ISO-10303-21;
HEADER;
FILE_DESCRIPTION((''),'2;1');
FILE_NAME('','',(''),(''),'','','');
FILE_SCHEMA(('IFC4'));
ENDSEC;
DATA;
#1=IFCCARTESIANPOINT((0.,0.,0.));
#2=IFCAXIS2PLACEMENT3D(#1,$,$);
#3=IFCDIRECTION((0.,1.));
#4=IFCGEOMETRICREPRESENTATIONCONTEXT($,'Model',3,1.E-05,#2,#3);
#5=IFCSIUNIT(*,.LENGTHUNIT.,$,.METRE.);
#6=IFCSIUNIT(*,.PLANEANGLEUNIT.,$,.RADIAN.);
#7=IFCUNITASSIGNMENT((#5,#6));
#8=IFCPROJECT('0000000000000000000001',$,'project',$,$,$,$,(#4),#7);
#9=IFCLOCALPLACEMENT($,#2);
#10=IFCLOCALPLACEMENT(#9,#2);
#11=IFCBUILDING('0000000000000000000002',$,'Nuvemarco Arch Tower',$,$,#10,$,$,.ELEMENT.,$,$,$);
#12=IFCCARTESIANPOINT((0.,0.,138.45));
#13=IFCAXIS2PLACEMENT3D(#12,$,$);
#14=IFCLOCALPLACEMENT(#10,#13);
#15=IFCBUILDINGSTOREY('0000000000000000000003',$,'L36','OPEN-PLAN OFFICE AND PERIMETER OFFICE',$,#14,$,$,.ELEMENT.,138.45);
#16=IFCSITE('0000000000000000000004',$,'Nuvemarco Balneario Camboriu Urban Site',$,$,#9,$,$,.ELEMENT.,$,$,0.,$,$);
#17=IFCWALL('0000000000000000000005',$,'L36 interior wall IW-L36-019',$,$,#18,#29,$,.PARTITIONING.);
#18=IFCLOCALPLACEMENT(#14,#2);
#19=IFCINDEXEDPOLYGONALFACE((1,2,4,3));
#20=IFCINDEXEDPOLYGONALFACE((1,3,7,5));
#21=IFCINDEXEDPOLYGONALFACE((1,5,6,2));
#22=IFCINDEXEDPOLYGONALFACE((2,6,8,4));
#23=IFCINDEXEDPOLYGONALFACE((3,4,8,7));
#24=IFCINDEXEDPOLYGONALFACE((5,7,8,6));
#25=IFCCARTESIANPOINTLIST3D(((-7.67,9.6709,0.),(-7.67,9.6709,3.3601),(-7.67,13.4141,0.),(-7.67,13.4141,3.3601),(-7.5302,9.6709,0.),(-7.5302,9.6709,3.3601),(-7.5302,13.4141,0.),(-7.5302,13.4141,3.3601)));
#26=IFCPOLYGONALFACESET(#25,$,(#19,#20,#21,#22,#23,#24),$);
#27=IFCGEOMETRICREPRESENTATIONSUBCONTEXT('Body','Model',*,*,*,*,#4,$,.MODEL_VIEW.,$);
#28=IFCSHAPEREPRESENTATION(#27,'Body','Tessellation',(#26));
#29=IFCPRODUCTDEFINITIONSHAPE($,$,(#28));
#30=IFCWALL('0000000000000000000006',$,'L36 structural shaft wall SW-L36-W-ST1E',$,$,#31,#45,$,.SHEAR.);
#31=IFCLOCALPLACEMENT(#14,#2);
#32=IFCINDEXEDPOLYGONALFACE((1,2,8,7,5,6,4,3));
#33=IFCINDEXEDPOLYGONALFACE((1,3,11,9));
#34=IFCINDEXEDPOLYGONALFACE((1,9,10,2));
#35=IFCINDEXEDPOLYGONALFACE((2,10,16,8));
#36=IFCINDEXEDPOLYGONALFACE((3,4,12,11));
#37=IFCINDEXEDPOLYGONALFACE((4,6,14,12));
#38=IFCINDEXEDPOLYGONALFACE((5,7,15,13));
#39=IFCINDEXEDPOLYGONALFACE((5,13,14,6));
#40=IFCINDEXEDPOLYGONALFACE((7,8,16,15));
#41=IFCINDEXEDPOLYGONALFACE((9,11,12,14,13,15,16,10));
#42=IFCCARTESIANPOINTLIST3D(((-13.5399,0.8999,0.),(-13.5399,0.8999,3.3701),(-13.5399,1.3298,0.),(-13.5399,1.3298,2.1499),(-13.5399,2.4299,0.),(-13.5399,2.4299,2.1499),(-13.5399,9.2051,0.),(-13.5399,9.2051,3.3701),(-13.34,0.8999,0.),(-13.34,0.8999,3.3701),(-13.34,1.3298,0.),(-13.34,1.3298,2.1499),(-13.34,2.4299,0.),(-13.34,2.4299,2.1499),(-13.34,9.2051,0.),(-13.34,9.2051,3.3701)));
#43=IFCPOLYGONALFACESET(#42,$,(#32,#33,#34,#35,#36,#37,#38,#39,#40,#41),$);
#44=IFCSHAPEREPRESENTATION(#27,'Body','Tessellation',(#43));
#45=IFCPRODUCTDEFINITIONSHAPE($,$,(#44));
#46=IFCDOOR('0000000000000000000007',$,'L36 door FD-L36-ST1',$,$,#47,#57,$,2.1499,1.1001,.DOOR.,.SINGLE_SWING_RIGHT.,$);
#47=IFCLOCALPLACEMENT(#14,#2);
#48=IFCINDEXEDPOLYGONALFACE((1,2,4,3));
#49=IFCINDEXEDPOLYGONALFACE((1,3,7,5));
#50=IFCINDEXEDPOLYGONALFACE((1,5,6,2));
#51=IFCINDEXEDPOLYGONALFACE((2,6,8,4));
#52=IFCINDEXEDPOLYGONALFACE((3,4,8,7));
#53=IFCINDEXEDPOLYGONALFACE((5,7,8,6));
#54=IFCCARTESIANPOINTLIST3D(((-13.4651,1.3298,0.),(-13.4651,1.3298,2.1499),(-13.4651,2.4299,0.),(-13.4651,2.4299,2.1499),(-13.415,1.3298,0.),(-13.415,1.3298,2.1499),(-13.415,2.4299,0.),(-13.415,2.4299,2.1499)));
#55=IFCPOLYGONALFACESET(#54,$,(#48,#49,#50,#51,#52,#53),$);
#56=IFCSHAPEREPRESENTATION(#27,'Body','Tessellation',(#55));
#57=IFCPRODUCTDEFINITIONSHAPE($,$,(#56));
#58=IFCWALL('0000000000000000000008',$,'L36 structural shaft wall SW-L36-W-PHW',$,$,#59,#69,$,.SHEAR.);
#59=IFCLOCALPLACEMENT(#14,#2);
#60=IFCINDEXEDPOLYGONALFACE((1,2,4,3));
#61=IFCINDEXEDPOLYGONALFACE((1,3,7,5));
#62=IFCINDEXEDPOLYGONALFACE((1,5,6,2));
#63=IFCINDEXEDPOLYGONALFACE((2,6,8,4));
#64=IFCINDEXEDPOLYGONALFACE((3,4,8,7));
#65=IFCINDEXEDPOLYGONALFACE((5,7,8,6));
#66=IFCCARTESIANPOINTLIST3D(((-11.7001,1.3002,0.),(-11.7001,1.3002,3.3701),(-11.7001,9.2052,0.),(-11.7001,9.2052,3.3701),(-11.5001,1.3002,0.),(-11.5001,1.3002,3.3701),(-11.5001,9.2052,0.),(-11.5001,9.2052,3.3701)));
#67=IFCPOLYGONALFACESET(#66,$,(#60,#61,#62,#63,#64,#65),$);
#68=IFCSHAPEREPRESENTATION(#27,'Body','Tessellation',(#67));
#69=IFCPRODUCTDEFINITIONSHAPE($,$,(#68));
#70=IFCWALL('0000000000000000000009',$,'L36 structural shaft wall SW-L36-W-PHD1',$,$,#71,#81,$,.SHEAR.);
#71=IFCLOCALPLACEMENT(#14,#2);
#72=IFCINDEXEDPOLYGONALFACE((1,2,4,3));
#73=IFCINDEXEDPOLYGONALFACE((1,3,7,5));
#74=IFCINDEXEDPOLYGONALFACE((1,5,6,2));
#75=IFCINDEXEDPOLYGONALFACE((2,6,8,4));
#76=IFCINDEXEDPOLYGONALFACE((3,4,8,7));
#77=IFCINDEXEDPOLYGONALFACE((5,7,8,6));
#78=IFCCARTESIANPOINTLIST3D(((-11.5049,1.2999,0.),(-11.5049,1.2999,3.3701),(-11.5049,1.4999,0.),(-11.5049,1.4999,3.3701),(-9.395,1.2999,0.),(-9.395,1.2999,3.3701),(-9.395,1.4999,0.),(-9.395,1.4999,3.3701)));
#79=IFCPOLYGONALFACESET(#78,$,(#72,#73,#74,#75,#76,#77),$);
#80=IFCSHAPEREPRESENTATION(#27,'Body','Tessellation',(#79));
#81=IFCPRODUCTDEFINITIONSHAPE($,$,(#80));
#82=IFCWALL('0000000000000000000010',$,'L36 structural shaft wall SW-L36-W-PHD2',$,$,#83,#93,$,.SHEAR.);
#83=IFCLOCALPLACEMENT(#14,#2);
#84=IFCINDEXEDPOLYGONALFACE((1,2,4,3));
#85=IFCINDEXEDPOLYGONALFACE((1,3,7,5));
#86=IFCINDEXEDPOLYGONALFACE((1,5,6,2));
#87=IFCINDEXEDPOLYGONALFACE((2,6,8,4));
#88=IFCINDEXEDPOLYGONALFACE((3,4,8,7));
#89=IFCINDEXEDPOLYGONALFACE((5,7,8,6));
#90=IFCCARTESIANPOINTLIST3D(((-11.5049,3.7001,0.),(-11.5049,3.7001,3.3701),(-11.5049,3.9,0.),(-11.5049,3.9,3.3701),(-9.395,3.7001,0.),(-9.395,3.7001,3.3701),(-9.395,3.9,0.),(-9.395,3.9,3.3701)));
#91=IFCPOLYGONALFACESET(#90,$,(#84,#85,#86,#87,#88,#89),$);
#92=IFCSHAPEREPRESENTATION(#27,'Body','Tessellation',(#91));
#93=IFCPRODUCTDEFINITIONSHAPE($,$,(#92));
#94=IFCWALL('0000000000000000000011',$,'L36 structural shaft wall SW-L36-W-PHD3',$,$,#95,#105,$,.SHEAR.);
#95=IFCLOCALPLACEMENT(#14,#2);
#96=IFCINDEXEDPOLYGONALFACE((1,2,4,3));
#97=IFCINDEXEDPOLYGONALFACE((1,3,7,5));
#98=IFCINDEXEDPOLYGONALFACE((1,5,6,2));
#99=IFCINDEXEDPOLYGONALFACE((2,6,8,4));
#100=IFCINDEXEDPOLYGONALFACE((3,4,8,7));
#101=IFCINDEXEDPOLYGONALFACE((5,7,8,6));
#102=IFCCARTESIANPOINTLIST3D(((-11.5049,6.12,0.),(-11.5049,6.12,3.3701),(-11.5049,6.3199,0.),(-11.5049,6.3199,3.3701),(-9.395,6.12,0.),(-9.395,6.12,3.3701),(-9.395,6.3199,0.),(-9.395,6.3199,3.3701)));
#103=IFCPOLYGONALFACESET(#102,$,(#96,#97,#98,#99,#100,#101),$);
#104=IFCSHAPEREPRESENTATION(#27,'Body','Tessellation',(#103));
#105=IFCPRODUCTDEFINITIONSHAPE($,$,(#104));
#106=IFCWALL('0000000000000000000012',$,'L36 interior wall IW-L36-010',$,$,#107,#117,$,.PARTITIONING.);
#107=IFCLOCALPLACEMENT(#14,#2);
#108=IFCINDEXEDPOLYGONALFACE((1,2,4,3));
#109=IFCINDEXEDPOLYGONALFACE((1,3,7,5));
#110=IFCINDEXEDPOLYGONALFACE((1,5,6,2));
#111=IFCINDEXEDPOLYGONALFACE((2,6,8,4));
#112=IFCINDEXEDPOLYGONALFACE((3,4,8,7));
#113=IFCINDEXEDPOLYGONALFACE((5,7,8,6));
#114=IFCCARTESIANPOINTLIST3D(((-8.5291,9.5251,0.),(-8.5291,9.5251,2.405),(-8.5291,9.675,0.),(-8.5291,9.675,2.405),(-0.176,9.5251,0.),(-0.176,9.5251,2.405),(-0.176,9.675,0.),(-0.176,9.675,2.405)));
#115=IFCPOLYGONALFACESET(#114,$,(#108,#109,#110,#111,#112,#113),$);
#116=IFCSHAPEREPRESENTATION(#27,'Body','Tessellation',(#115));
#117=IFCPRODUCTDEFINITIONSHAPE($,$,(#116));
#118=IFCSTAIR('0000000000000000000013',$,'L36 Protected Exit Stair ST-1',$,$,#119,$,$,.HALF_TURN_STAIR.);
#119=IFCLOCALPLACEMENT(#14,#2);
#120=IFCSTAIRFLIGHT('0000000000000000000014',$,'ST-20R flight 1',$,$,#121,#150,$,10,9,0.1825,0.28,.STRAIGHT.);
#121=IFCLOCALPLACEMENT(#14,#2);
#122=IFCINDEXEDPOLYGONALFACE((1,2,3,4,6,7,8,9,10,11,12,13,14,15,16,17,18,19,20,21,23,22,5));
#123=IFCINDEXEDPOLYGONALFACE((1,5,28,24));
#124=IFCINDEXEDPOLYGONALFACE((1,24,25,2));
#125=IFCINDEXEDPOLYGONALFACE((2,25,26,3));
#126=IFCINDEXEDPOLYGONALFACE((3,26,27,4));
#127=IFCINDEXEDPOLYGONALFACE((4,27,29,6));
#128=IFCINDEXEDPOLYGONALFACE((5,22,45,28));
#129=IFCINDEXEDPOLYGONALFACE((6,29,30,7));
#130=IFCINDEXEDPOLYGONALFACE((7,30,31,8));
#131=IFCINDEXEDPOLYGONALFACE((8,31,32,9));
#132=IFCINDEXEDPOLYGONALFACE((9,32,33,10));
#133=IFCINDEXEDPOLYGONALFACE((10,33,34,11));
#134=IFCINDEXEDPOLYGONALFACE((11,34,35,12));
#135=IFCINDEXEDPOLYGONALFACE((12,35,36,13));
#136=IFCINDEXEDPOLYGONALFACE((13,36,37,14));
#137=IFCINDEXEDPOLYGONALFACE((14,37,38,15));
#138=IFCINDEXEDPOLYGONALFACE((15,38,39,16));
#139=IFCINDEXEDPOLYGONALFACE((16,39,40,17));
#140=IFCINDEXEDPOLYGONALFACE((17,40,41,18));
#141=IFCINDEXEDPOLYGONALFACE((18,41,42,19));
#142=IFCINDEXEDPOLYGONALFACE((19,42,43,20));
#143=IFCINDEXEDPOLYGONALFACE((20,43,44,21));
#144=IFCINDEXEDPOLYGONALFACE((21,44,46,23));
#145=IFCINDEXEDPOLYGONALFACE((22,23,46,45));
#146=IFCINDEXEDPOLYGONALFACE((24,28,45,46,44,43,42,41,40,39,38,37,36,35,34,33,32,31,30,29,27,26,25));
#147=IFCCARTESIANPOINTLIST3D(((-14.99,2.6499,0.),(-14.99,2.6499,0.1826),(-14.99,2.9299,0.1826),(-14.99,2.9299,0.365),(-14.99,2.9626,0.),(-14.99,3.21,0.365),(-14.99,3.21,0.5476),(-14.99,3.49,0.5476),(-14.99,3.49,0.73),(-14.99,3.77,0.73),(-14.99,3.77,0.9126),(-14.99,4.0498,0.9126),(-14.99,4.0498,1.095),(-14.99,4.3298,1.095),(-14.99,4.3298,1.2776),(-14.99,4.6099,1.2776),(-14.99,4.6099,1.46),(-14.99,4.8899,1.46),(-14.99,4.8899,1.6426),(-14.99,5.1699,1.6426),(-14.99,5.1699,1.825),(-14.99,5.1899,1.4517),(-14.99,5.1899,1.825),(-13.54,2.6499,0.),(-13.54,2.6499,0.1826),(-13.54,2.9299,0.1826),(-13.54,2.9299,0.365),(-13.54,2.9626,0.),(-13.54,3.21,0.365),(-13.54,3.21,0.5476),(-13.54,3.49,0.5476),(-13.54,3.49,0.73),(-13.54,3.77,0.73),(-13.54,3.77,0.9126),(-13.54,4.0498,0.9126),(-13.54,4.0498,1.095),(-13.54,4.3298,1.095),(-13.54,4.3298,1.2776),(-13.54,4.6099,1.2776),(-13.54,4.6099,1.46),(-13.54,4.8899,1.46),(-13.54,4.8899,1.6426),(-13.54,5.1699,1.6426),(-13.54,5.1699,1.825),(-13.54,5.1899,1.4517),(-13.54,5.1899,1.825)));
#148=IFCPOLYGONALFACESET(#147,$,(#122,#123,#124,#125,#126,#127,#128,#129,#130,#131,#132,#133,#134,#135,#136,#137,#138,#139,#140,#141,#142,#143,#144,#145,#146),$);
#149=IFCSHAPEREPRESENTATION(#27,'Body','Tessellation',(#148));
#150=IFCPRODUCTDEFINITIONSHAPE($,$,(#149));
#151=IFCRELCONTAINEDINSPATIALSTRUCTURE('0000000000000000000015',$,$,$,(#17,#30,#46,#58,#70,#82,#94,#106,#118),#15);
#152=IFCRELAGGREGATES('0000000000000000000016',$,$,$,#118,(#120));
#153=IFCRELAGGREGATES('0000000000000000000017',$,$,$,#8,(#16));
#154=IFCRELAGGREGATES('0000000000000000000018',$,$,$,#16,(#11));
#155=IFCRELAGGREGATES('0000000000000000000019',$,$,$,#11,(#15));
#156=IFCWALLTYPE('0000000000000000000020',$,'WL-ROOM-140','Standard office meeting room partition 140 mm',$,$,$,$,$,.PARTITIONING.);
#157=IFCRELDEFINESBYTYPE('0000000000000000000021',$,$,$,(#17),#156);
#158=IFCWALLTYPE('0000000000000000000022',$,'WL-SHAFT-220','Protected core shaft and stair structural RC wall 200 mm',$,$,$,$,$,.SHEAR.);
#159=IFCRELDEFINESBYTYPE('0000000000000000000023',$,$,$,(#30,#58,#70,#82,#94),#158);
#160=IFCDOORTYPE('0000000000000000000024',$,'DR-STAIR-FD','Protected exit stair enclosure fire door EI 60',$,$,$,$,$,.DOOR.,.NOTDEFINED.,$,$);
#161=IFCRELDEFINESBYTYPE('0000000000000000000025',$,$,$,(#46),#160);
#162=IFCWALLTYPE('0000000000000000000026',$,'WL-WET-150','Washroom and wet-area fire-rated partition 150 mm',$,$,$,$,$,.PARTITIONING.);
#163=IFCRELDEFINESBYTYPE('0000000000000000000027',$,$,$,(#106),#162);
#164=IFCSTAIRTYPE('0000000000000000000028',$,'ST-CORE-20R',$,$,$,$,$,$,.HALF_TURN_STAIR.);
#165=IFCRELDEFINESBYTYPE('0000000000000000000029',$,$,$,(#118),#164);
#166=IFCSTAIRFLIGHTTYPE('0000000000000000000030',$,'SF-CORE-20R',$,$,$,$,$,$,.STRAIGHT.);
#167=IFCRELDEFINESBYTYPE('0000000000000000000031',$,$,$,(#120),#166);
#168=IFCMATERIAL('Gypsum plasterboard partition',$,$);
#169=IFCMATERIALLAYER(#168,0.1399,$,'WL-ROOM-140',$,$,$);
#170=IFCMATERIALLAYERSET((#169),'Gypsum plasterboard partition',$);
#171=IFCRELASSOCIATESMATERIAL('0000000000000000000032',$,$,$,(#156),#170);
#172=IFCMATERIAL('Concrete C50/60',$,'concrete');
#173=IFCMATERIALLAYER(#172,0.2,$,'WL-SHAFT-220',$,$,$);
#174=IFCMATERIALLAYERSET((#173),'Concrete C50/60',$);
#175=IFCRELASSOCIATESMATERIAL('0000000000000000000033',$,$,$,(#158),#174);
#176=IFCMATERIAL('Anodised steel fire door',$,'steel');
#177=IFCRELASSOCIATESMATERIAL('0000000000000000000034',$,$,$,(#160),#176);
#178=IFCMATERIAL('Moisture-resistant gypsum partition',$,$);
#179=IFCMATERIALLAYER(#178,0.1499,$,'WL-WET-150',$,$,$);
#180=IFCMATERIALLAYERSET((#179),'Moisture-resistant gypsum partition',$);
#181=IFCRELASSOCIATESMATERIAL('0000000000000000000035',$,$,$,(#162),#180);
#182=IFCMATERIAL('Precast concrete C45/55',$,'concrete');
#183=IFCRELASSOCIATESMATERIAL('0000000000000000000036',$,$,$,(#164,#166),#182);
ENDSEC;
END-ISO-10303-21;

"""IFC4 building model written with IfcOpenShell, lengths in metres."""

from ifc_helpers import new_model, si_unit, direction, frame, frame_2d, origin, place, context, subcontext, project, spatial, polyline, rectangle, outline, extrude, source, transform, mapped, material, layer, layer_set, type_object, type_shapes, element, fill, aggregate, save


model = new_model("IFC4")

# Units and contexts
model_context = context("Model", 3, precision=1e-05, world=origin(), true_north=direction((0.0, 1.0)))
body_context = subcontext(model_context, "Body", "Model", "MODEL_VIEW")
ifc_project = project(units=[si_unit("LENGTHUNIT", "METRE"), si_unit("PLANEANGLEUNIT", "RADIAN")], contexts=[model_context])

# Site, building, storey
site_placement = place(None, origin())
site = spatial("IfcSite", under=ifc_project, at=site_placement, Name="Nuvemarco Balneario Camboriu Urban Site", CompositionType="ELEMENT", RefElevation=0.0)
building_placement = place(site_placement, origin())
building = spatial("IfcBuilding", under=site, at=building_placement, Name="Nuvemarco Arch Tower", CompositionType="ELEMENT")
storey_placement = place(building_placement, frame((0.0, 0.0, 138.45)))
storey = spatial("IfcBuildingStorey", under=building, at=storey_placement, Name="L36", Description="OPEN-PLAN OFFICE AND PERIMETER OFFICE", CompositionType="ELEMENT", Elevation=138.45)

# Shared definitions
ifc_material_1 = material(Name="Concrete C50/60", Category="concrete")

# Shared definitions
ifc_material_2 = material(Name="Precast concrete C45/55", Category="concrete")

# Wall
ifc_material_3 = material(Name="Gypsum plasterboard partition")
ifc_layer_1 = layer(ifc_material_3, 0.1399, Name="WL-ROOM-140")
ifc_layer_set_1 = layer_set([ifc_layer_1], Name="Gypsum plasterboard partition")
wall_type_1 = type_object("IfcWallType", Name="WL-ROOM-140", Description="Standard office meeting room partition 140 mm", PredefinedType="PARTITIONING", material=ifc_layer_set_1)
wall_1_placement = place(storey_placement, frame((-7.6001, 9.6709, 0.0), z_axis=(0.0, 0.0, 1.0), x_axis=(0.0, 1.0, 0.0)))
element("IfcWall", 1, at=wall_1_placement, inside=storey, type_object=wall_type_1, Name="L36 interior wall IW-L36-019", PredefinedType="PARTITIONING", context=body_context, shape_type="SweptSolid", body=[
    extrude(rectangle(XDim=3.7432, YDim=0.1399, at=frame_2d((1.8716, 0.0))), origin(), (0.0, 0.0, 1.0), 3.3601),
])

# Wall, opening, door
ifc_layer_2 = layer(ifc_material_1, 0.2, Name="WL-SHAFT-220")
ifc_layer_set_2 = layer_set([ifc_layer_2], Name="Concrete C50/60")
wall_type_2 = type_object("IfcWallType", Name="WL-SHAFT-220", Description="Protected core shaft and stair structural RC wall 200 mm", PredefinedType="SHEAR", material=ifc_layer_set_2)
wall_2_placement = place(storey_placement, frame((-13.4399, 0.8999, 0.0), z_axis=(0.0, 0.0, 1.0), x_axis=(0.0, 1.0, 0.0)))
wall_2 = element("IfcWall", 2, at=wall_2_placement, inside=storey, type_object=wall_type_2, Name="L36 structural shaft wall SW-L36-W-ST1E", PredefinedType="SHEAR", context=body_context, shape_type="SweptSolid", body=[
    extrude(rectangle(XDim=8.3052, YDim=0.2, at=frame_2d((4.1526, 0.0))), origin(), (0.0, 0.0, 1.0), 3.3701),
])
opening_1_placement = place(wall_2_placement, frame((1.53, 0.0, 0.0), z_axis=(0.0, 0.0, 1.0), x_axis=(-1.0, 0.0, 0.0)))
opening_1 = element("IfcOpeningElement", 3, at=opening_1_placement, cuts=wall_2, PredefinedType="OPENING", context=body_context, shape_type="SweptSolid", body=[
    extrude(rectangle(XDim=1.1001, YDim=2.1499, at=frame_2d((0.55, 1.075))), frame((0.0, 0.1099, 0.0), z_axis=(0.0, -1.0, 0.0), x_axis=(1.0, 0.0, 0.0)), (0.0, 0.0, 1.0), 0.22),
])
ifc_material_4 = material(Name="Anodised steel fire door", Category="steel")
door_type_1 = type_object("IfcDoorType", Name="DR-STAIR-FD", Description="Protected exit stair enclosure fire door EI 60", OperationType="NOTDEFINED", PredefinedType="DOOR", material=ifc_material_4)
shared_shape_1 = source(origin(), body_context, "Body", "SweptSolid", [
    extrude(rectangle(XDim=1.1001, YDim=2.1499, at=frame_2d((0.55, 1.075))), frame((0.0, 0.0249, 0.0), z_axis=(0.0, -1.0, 0.0), x_axis=(1.0, 0.0, 0.0)), (0.0, 0.0, 1.0), 0.05),
])
type_shapes(door_type_1, [shared_shape_1])
door_1_placement = place(opening_1_placement, origin())
door_1 = element("IfcDoor", 4, at=door_1_placement, inside=storey, type_object=door_type_1, Name="L36 door FD-L36-ST1", OperationType="SINGLE_SWING_RIGHT", OverallHeight=2.1499, OverallWidth=1.1001, PredefinedType="DOOR", context=body_context, shape_type="MappedRepresentation", body=[
    mapped(shared_shape_1, transform((0.0, 0.0, 0.0), scale=1.0)),
])
fill(opening_1, door_1)

# Walls
wall_3_placement = place(storey_placement, frame((-11.6001, 1.3, 0.0), z_axis=(0.0, 0.0, 1.0), x_axis=(0.0, 1.0, 0.0)))
element("IfcWall", 5, at=wall_3_placement, inside=storey, type_object=wall_type_2, Name="L36 structural shaft wall SW-L36-W-PHW", PredefinedType="SHEAR", context=body_context, shape_type="SweptSolid", body=[
    extrude(rectangle(XDim=7.905, YDim=0.2, at=frame_2d((3.9526, 0.0))), origin(), (0.0, 0.0, 1.0), 3.3701),
])
for number, where, z_axis, x_axis, name in (
    (6, (-11.5049, 1.3999, 0.0), (0.0, 0.0, 1.0), (1.0, 0.0, 0.0), "L36 structural shaft wall SW-L36-W-PHD1"),
    (7, (-11.5049, 3.8, 0.0), (0.0, 0.0, 1.0), (1.0, 0.0, 0.0), "L36 structural shaft wall SW-L36-W-PHD2"),
    (8, (-11.5049, 6.22, 0.0), (0.0, 0.0, 1.0), (1.0, 0.0, 0.0), "L36 structural shaft wall SW-L36-W-PHD3"),
):
    element("IfcWall", number, at=place(storey_placement, frame(where, z_axis=z_axis, x_axis=x_axis)), inside=storey, type_object=wall_type_2, Name=name, PredefinedType="SHEAR", context=body_context, shape_type="SweptSolid", body=[
        extrude(rectangle(XDim=2.1099, YDim=0.2, at=frame_2d((1.0549, 0.0))), origin(), (0.0, 0.0, 1.0), 3.3701),
    ])
ifc_material_5 = material(Name="Moisture-resistant gypsum partition")
ifc_layer_3 = layer(ifc_material_5, 0.1499, Name="WL-WET-150")
ifc_layer_set_3 = layer_set([ifc_layer_3], Name="Moisture-resistant gypsum partition")
wall_type_3 = type_object("IfcWallType", Name="WL-WET-150", Description="Washroom and wet-area fire-rated partition 150 mm", PredefinedType="PARTITIONING", material=ifc_layer_set_3)
wall_4_placement = place(storey_placement, frame((-8.5291, 9.6001, 0.0), z_axis=(0.0, 0.0, 1.0), x_axis=(1.0, 0.0, 0.0)))
element("IfcWall", 9, at=wall_4_placement, inside=storey, type_object=wall_type_3, Name="L36 interior wall IW-L36-010", PredefinedType="PARTITIONING", context=body_context, shape_type="SweptSolid", body=[
    extrude(rectangle(XDim=8.353, YDim=0.1499, at=frame_2d((4.1765, 0.0))), origin(), (0.0, 0.0, 1.0), 2.405),
])

# Stair, stair flight
stair_type = type_object("IfcStairType", Name="ST-CORE-20R", PredefinedType="HALF_TURN_STAIR", material=ifc_material_2)
stair_placement = place(storey_placement, origin())
stair = element("IfcStair", 10, at=stair_placement, inside=storey, type_object=stair_type, Name="L36 Protected Exit Stair ST-1", PredefinedType="HALF_TURN_STAIR")
stair_flight_type = type_object("IfcStairFlightType", Name="SF-CORE-20R", PredefinedType="STRAIGHT", material=ifc_material_2)
stair_flight_placement = place(storey_placement, frame((-14.2649, 2.6499, 0.0), z_axis=(0.0, 0.0, 1.0), x_axis=(0.0, 1.0, 0.0)))
stair_flight = element("IfcStairFlight", 11, at=stair_flight_placement, type_object=stair_flight_type, Name="ST-20R flight 1", NumberOfRisers=10, NumberOfTreads=9, PredefinedType="STRAIGHT", RiserHeight=0.1825, TreadLength=0.28, context=body_context, shape_type="SweptSolid", body=[
    extrude(outline(polyline([(0.0, 0.0), (0.0, 0.1826), (0.28, 0.1826), (0.28, 0.365), (0.5601, 0.365), (0.5601, 0.5476), (0.8401, 0.5476), (0.8401, 0.73), (1.1201, 0.73), (1.1201, 0.9126), (1.3999, 0.9126), (1.3999, 1.095), (1.6799, 1.095), (1.6799, 1.2776), (1.96, 1.2776), (1.96, 1.46), (2.24, 1.46), (2.24, 1.6426), (2.52, 1.6426), (2.52, 1.825), (2.54, 1.825), (2.54, 1.4517), (0.3127, 0.0), (0.0, 0.0)])), frame((0.0, 0.7251, 0.0), z_axis=(0.0, -1.0, 0.0), x_axis=(1.0, 0.0, 0.0)), (0.0, 0.0, 1.0), 1.45),
])
aggregate(stair, [stair_flight])

save(model, "model.ifc")
